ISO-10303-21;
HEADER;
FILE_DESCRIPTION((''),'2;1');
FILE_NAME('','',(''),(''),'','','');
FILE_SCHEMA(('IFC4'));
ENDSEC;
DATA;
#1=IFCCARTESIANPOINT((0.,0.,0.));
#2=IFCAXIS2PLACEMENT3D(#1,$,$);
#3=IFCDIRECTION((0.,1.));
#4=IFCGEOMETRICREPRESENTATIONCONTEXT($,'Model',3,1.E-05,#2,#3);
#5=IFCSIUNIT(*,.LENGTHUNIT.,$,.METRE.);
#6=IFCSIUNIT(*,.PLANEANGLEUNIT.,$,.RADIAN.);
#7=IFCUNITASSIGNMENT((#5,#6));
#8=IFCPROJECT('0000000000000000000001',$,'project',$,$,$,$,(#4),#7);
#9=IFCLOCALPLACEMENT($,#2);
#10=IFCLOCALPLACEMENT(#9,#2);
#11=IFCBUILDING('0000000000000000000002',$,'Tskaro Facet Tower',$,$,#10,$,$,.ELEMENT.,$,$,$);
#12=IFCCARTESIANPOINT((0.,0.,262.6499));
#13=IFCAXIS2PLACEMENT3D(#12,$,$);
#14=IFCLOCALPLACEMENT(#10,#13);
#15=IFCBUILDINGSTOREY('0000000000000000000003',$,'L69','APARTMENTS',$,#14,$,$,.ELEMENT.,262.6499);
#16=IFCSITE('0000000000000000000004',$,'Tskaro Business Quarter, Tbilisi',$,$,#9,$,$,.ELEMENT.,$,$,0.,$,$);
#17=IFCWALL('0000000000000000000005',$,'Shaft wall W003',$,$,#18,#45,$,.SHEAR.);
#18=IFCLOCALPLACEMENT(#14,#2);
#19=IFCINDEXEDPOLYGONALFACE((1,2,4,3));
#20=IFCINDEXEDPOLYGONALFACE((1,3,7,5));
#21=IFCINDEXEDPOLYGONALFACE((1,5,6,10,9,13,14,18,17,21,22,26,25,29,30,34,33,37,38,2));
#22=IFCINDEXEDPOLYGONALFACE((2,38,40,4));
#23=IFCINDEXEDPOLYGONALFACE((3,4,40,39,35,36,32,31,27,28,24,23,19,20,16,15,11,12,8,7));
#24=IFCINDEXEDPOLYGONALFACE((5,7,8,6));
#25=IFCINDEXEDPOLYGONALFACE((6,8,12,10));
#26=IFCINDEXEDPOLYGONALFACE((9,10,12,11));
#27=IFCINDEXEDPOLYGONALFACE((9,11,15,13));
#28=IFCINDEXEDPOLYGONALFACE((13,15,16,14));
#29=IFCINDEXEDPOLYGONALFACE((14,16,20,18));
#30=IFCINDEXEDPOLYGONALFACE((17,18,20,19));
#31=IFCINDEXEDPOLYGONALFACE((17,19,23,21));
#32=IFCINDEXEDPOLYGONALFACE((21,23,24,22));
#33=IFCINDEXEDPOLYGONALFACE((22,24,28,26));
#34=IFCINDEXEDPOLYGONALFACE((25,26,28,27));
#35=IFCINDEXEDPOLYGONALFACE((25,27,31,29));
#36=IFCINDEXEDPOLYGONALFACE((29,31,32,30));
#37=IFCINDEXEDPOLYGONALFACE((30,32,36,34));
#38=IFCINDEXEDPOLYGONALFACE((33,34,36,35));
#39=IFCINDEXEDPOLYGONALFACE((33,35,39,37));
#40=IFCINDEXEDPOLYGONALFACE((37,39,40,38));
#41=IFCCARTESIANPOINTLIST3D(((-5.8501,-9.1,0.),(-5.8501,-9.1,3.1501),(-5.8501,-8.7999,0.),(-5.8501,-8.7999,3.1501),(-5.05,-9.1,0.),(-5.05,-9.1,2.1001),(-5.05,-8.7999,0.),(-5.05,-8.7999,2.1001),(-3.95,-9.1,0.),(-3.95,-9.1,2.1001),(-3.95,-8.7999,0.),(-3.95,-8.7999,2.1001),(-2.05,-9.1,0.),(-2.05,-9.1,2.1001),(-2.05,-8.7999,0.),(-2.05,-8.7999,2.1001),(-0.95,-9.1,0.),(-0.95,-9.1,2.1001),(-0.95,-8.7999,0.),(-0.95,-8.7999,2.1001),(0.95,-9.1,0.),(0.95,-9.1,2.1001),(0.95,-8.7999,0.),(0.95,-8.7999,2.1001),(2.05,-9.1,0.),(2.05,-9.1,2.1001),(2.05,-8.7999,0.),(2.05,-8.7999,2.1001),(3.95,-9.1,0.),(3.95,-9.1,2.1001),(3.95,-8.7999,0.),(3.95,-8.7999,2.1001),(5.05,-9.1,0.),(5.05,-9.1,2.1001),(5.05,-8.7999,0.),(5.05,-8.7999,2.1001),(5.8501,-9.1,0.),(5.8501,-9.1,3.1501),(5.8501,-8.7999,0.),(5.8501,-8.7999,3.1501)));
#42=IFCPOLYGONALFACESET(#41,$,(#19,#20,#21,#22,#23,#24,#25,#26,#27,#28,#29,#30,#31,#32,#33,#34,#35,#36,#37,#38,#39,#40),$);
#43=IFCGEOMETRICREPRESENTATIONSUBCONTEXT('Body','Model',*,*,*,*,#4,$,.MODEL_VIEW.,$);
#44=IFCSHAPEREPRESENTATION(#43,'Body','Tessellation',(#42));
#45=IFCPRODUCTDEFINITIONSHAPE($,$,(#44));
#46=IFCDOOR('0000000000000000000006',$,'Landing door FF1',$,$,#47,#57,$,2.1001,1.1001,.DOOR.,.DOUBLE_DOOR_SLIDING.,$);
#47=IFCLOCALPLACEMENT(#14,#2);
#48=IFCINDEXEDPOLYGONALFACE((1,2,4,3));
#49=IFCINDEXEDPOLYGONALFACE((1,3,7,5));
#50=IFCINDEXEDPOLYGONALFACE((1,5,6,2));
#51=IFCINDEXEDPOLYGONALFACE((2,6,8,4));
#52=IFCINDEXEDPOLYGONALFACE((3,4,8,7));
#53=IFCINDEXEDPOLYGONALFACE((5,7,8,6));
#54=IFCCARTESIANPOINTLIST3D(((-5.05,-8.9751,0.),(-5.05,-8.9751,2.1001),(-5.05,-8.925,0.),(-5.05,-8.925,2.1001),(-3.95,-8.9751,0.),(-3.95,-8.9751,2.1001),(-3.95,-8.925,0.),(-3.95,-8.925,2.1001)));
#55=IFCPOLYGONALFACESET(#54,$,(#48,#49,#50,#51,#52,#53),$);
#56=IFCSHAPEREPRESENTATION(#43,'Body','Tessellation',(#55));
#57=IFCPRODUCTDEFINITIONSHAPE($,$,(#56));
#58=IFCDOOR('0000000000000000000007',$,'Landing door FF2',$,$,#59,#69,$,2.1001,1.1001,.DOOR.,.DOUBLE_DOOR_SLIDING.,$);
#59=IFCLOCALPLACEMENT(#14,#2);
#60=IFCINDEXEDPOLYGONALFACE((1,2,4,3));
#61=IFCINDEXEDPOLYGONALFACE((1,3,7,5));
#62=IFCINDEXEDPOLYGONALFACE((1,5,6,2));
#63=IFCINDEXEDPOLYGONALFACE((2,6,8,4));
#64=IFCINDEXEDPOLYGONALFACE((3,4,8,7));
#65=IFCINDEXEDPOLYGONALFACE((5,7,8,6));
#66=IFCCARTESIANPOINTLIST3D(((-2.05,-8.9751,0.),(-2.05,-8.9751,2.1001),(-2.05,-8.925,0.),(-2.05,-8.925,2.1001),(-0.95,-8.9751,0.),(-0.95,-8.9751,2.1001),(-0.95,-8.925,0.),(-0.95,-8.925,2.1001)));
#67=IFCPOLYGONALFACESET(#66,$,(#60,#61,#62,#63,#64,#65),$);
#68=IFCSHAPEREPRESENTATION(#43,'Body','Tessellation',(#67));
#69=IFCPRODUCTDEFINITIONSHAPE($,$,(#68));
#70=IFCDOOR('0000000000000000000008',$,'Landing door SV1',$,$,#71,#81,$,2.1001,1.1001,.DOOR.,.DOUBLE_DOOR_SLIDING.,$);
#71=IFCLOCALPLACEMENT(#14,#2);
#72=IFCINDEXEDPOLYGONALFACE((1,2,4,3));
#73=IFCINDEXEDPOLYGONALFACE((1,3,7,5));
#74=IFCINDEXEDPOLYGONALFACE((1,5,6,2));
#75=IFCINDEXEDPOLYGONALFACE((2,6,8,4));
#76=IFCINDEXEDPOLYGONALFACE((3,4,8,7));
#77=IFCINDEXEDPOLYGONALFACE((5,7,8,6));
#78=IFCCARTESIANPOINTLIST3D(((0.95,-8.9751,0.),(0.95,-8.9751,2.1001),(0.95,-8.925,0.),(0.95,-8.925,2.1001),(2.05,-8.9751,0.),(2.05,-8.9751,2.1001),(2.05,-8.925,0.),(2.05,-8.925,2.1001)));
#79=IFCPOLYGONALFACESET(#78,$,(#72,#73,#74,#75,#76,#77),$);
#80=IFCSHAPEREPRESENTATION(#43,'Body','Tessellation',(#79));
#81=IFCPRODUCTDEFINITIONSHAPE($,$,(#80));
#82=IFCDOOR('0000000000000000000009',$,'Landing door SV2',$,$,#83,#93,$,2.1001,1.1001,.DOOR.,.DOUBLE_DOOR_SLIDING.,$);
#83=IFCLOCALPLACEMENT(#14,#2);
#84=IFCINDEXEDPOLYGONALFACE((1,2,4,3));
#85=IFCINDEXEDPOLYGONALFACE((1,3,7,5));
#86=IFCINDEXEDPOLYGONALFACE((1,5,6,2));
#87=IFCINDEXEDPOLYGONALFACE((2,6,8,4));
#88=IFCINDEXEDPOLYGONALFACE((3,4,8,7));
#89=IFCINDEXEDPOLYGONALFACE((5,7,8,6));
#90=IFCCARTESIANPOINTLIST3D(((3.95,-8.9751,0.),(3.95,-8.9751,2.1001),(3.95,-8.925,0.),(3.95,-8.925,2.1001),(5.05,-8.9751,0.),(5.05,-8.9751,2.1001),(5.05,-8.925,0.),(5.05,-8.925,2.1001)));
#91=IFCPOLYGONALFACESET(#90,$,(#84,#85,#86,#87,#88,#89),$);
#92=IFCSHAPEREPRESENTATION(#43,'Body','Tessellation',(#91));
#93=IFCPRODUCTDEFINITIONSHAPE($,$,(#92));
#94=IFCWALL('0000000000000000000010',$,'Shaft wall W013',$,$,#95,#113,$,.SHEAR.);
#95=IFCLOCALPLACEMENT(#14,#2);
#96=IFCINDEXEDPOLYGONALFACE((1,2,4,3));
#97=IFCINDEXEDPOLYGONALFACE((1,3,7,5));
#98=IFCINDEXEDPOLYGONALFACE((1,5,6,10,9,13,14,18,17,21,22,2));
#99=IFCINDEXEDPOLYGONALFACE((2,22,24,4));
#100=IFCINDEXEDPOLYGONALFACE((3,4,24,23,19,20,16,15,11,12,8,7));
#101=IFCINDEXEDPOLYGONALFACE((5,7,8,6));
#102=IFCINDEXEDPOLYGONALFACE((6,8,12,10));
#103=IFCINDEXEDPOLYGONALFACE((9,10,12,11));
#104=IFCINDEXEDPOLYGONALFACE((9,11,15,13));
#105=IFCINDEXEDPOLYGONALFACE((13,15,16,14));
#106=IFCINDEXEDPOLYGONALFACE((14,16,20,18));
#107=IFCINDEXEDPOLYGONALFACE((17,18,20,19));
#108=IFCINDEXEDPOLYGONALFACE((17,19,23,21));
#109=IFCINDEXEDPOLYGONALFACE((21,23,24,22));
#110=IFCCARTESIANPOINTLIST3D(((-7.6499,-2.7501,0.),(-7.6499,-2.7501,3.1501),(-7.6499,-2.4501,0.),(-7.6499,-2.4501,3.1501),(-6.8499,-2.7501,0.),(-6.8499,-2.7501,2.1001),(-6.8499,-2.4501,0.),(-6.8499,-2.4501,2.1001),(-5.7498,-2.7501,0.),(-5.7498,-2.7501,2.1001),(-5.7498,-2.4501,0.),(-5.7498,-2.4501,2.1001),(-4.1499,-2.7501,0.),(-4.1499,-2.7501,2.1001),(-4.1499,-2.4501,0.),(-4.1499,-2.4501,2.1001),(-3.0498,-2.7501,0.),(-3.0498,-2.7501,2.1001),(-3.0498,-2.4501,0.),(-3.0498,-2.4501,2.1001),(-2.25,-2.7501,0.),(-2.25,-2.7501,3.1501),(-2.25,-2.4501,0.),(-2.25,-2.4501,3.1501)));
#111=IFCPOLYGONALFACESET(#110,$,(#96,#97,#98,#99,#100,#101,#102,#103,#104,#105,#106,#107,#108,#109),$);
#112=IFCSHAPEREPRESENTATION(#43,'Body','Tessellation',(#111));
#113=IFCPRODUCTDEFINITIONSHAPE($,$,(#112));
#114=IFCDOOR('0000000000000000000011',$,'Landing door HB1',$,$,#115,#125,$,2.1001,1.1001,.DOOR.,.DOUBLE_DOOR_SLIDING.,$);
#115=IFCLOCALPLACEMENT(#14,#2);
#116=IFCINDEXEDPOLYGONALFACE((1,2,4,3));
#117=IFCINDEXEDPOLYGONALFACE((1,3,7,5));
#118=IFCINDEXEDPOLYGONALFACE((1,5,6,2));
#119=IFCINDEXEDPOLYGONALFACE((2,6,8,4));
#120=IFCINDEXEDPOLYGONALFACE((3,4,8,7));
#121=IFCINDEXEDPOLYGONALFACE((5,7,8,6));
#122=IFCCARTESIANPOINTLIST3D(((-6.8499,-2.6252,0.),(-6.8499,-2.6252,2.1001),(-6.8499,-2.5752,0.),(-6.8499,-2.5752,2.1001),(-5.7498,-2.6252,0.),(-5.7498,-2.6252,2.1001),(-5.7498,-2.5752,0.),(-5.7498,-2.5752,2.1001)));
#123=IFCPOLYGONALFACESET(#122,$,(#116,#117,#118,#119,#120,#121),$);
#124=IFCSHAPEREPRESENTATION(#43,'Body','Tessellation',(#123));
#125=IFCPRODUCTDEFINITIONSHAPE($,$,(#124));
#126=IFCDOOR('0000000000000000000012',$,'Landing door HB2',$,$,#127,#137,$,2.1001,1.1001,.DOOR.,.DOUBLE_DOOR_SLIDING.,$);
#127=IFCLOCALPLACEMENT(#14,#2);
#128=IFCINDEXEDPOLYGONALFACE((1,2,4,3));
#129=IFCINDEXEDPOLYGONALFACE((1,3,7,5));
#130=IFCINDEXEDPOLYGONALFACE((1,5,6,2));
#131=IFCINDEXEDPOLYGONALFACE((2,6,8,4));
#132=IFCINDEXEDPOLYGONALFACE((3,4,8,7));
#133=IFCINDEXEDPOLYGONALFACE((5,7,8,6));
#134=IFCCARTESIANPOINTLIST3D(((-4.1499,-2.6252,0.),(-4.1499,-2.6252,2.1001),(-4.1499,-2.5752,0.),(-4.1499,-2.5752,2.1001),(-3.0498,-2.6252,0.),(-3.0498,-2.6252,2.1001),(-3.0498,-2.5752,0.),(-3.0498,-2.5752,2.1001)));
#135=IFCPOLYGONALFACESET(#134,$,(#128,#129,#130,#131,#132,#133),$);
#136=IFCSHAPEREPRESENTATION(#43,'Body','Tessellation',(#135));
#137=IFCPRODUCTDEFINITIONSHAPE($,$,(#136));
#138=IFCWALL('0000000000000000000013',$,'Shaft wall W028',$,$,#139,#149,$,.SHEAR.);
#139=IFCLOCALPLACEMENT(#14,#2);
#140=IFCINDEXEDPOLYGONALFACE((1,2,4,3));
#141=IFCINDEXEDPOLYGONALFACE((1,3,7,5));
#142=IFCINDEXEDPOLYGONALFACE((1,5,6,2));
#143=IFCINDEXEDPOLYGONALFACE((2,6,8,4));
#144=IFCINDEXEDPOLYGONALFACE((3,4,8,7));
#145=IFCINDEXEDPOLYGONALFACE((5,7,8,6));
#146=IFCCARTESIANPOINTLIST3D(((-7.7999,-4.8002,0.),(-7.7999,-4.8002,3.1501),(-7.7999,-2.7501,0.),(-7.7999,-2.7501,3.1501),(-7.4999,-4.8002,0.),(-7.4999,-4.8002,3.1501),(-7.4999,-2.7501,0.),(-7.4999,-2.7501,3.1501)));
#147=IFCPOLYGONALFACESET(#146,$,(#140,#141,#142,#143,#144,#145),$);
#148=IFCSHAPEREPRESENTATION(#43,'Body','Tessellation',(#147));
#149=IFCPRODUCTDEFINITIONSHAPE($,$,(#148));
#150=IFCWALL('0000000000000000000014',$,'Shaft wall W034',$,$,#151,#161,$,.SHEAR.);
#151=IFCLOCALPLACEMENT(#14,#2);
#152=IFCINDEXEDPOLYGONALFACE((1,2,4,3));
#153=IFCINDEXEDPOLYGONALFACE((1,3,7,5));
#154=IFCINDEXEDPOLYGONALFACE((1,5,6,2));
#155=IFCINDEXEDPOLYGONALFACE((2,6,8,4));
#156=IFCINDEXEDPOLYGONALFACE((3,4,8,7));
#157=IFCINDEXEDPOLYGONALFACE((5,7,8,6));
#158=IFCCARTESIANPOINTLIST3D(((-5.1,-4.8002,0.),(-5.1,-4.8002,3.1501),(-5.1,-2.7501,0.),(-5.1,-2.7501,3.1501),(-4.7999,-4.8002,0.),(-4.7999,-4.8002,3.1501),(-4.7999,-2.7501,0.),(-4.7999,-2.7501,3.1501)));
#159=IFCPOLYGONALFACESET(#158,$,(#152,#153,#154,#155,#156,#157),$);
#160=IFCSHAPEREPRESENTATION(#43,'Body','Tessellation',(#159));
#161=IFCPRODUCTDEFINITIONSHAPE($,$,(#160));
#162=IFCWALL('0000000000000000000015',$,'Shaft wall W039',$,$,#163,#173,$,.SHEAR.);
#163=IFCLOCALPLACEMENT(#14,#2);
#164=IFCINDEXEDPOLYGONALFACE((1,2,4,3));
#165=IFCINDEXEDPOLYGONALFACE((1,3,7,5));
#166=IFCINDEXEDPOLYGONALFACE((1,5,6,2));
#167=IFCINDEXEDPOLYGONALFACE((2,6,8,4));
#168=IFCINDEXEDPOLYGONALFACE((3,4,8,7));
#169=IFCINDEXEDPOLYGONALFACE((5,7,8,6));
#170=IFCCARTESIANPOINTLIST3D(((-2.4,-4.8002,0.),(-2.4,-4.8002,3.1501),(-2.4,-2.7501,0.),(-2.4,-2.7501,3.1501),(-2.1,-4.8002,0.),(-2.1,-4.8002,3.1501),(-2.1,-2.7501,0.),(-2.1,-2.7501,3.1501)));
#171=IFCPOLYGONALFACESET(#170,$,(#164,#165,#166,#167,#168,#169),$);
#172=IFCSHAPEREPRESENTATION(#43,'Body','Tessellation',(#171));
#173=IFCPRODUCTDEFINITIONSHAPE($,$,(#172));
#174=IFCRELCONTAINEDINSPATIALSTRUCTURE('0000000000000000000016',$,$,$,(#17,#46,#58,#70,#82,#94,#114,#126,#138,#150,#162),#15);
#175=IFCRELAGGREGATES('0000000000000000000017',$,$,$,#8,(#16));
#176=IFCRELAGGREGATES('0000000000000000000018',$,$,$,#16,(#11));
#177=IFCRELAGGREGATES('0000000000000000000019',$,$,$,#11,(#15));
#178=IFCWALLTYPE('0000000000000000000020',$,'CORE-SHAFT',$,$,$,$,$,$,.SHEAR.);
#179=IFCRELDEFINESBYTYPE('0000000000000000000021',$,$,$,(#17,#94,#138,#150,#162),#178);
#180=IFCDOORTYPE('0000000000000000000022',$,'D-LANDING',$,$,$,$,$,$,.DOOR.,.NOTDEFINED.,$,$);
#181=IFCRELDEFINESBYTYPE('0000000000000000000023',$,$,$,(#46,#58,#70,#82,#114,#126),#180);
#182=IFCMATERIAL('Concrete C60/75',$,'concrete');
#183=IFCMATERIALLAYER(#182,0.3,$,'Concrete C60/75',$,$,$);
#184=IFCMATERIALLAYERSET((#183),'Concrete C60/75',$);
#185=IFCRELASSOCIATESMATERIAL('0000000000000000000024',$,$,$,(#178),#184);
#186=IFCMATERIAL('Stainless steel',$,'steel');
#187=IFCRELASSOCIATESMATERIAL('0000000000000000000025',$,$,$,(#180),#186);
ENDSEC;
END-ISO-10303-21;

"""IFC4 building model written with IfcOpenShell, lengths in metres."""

from ifc_helpers import new_model, si_unit, direction, frame, frame_2d, origin, place, context, subcontext, project, spatial, rectangle, extrude, material, layer, layer_set, type_object, element, fill, save


model = new_model("IFC4")

# Units and contexts
model_context = context("Model", 3, precision=1e-05, world=origin(), true_north=direction((0.0, 1.0)))
body_context = subcontext(model_context, "Body", "Model", "MODEL_VIEW")
ifc_project = project(units=[si_unit("LENGTHUNIT", "METRE"), si_unit("PLANEANGLEUNIT", "RADIAN")], contexts=[model_context])

# Site, building, storey
site_placement = place(None, origin())
site = spatial("IfcSite", under=ifc_project, at=site_placement, Name="Tskaro Business Quarter, Tbilisi", CompositionType="ELEMENT", RefElevation=0.0)
building_placement = place(site_placement, origin())
building = spatial("IfcBuilding", under=site, at=building_placement, Name="Tskaro Facet Tower", CompositionType="ELEMENT")
storey_placement = place(building_placement, frame((0.0, 0.0, 262.6499)))
storey = spatial("IfcBuildingStorey", under=building, at=storey_placement, Name="L69", Description="APARTMENTS", CompositionType="ELEMENT", Elevation=262.6499)

# Walls, openings, doors
ifc_material_1 = material(Name="Concrete C60/75", Category="concrete")
ifc_layer_1 = layer(ifc_material_1, 0.3, Name="Concrete C60/75")
ifc_layer_set_1 = layer_set([ifc_layer_1], Name="Concrete C60/75")
wall_type_1 = type_object("IfcWallType", Name="CORE-SHAFT", PredefinedType="SHEAR", material=ifc_layer_set_1)
wall_1_placement = place(storey_placement, frame((-5.8501, -8.95, 0.0), z_axis=(0.0, 0.0, 1.0), x_axis=(1.0, 0.0, 0.0)))
wall_1 = element("IfcWall", 1, at=wall_1_placement, inside=storey, type_object=wall_type_1, Name="Shaft wall W003", PredefinedType="SHEAR", context=body_context, shape_type="SweptSolid", body=[
    extrude(rectangle(XDim=11.7002, YDim=0.3, at=frame_2d((5.8501, 0.0))), origin(), (0.0, 0.0, 1.0), 3.1501),
])
opening_1_placement = place(wall_1_placement, frame((0.8, 0.0, 0.0)))
opening_1 = element("IfcOpeningElement", 2, at=opening_1_placement, cuts=wall_1, PredefinedType="OPENING", context=body_context, shape_type="SweptSolid", body=[
    extrude(rectangle(XDim=1.1001, YDim=2.1001, at=frame_2d((0.55, 1.05))), frame((0.0, 0.1599, 0.0), z_axis=(0.0, -1.0, 0.0), x_axis=(1.0, 0.0, 0.0)), (0.0, 0.0, 1.0), 0.3201),
])
opening_2_placement = place(wall_1_placement, frame((3.8, 0.0, 0.0)))
opening_2 = element("IfcOpeningElement", 3, at=opening_2_placement, cuts=wall_1, PredefinedType="OPENING", context=body_context, shape_type="SweptSolid", body=[
    extrude(rectangle(XDim=1.1001, YDim=2.1001, at=frame_2d((0.55, 1.05))), frame((0.0, 0.1599, 0.0), z_axis=(0.0, -1.0, 0.0), x_axis=(1.0, 0.0, 0.0)), (0.0, 0.0, 1.0), 0.3201),
])
opening_3_placement = place(wall_1_placement, frame((6.8, 0.0, 0.0)))
opening_3 = element("IfcOpeningElement", 4, at=opening_3_placement, cuts=wall_1, PredefinedType="OPENING", context=body_context, shape_type="SweptSolid", body=[
    extrude(rectangle(XDim=1.1001, YDim=2.1001, at=frame_2d((0.55, 1.05))), frame((0.0, 0.1599, 0.0), z_axis=(0.0, -1.0, 0.0), x_axis=(1.0, 0.0, 0.0)), (0.0, 0.0, 1.0), 0.3201),
])
opening_4_placement = place(wall_1_placement, frame((9.8, 0.0, 0.0)))
opening_4 = element("IfcOpeningElement", 5, at=opening_4_placement, cuts=wall_1, PredefinedType="OPENING", context=body_context, shape_type="SweptSolid", body=[
    extrude(rectangle(XDim=1.1001, YDim=2.1001, at=frame_2d((0.55, 1.05))), frame((0.0, 0.1599, 0.0), z_axis=(0.0, -1.0, 0.0), x_axis=(1.0, 0.0, 0.0)), (0.0, 0.0, 1.0), 0.3201),
])
ifc_material_2 = material(Name="Stainless steel", Category="steel")
door_type_1 = type_object("IfcDoorType", Name="D-LANDING", OperationType="NOTDEFINED", PredefinedType="DOOR", material=ifc_material_2)
door_1_placement = place(opening_1_placement, origin())
door_1 = element("IfcDoor", 6, at=door_1_placement, inside=storey, type_object=door_type_1, Name="Landing door FF1", OperationType="DOUBLE_DOOR_SLIDING", OverallHeight=2.1001, OverallWidth=1.1001, PredefinedType="DOOR", context=body_context, shape_type="SweptSolid", body=[
    extrude(rectangle(XDim=1.1001, YDim=2.1001, at=frame_2d((0.55, 1.05))), frame((0.0, 0.0249, 0.0), z_axis=(0.0, -1.0, 0.0), x_axis=(1.0, 0.0, 0.0)), (0.0, 0.0, 1.0), 0.05),
])
fill(opening_1, door_1)
door_2_placement = place(opening_2_placement, origin())
door_2 = element("IfcDoor", 7, at=door_2_placement, inside=storey, type_object=door_type_1, Name="Landing door FF2", OperationType="DOUBLE_DOOR_SLIDING", OverallHeight=2.1001, OverallWidth=1.1001, PredefinedType="DOOR", context=body_context, shape_type="SweptSolid", body=[
    extrude(rectangle(XDim=1.1001, YDim=2.1001, at=frame_2d((0.55, 1.05))), frame((0.0, 0.0249, 0.0), z_axis=(0.0, -1.0, 0.0), x_axis=(1.0, 0.0, 0.0)), (0.0, 0.0, 1.0), 0.05),
])
fill(opening_2, door_2)
door_3_placement = place(opening_3_placement, origin())
door_3 = element("IfcDoor", 8, at=door_3_placement, inside=storey, type_object=door_type_1, Name="Landing door SV1", OperationType="DOUBLE_DOOR_SLIDING", OverallHeight=2.1001, OverallWidth=1.1001, PredefinedType="DOOR", context=body_context, shape_type="SweptSolid", body=[
    extrude(rectangle(XDim=1.1001, YDim=2.1001, at=frame_2d((0.55, 1.05))), frame((0.0, 0.0249, 0.0), z_axis=(0.0, -1.0, 0.0), x_axis=(1.0, 0.0, 0.0)), (0.0, 0.0, 1.0), 0.05),
])
fill(opening_3, door_3)
door_4_placement = place(opening_4_placement, origin())
door_4 = element("IfcDoor", 9, at=door_4_placement, inside=storey, type_object=door_type_1, Name="Landing door SV2", OperationType="DOUBLE_DOOR_SLIDING", OverallHeight=2.1001, OverallWidth=1.1001, PredefinedType="DOOR", context=body_context, shape_type="SweptSolid", body=[
    extrude(rectangle(XDim=1.1001, YDim=2.1001, at=frame_2d((0.55, 1.05))), frame((0.0, 0.0249, 0.0), z_axis=(0.0, -1.0, 0.0), x_axis=(1.0, 0.0, 0.0)), (0.0, 0.0, 1.0), 0.05),
])
fill(opening_4, door_4)
wall_2_placement = place(storey_placement, frame((-7.6499, -2.6001, 0.0), z_axis=(0.0, 0.0, 1.0), x_axis=(1.0, 0.0, 0.0)))
wall_2 = element("IfcWall", 10, at=wall_2_placement, inside=storey, type_object=wall_type_1, Name="Shaft wall W013", PredefinedType="SHEAR", context=body_context, shape_type="SweptSolid", body=[
    extrude(rectangle(XDim=5.3999, YDim=0.3, at=frame_2d((2.7, 0.0))), origin(), (0.0, 0.0, 1.0), 3.1501),
])
opening_5_placement = place(wall_2_placement, frame((0.8, 0.0, 0.0)))
opening_5 = element("IfcOpeningElement", 11, at=opening_5_placement, cuts=wall_2, PredefinedType="OPENING", context=body_context, shape_type="SweptSolid", body=[
    extrude(rectangle(XDim=1.1001, YDim=2.1001, at=frame_2d((0.55, 1.05))), frame((0.0, 0.1599, 0.0), z_axis=(0.0, -1.0, 0.0), x_axis=(1.0, 0.0, 0.0)), (0.0, 0.0, 1.0), 0.3201),
])
opening_6_placement = place(wall_2_placement, frame((3.5, 0.0, 0.0)))
opening_6 = element("IfcOpeningElement", 12, at=opening_6_placement, cuts=wall_2, PredefinedType="OPENING", context=body_context, shape_type="SweptSolid", body=[
    extrude(rectangle(XDim=1.1001, YDim=2.1001, at=frame_2d((0.55, 1.05))), frame((0.0, 0.1599, 0.0), z_axis=(0.0, -1.0, 0.0), x_axis=(1.0, 0.0, 0.0)), (0.0, 0.0, 1.0), 0.3201),
])
door_5_placement = place(opening_5_placement, origin())
door_5 = element("IfcDoor", 13, at=door_5_placement, inside=storey, type_object=door_type_1, Name="Landing door HB1", OperationType="DOUBLE_DOOR_SLIDING", OverallHeight=2.1001, OverallWidth=1.1001, PredefinedType="DOOR", context=body_context, shape_type="SweptSolid", body=[
    extrude(rectangle(XDim=1.1001, YDim=2.1001, at=frame_2d((0.55, 1.05))), frame((0.0, 0.0249, 0.0), z_axis=(0.0, -1.0, 0.0), x_axis=(1.0, 0.0, 0.0)), (0.0, 0.0, 1.0), 0.05),
])
fill(opening_5, door_5)
door_6_placement = place(opening_6_placement, origin())
door_6 = element("IfcDoor", 14, at=door_6_placement, inside=storey, type_object=door_type_1, Name="Landing door HB2", OperationType="DOUBLE_DOOR_SLIDING", OverallHeight=2.1001, OverallWidth=1.1001, PredefinedType="DOOR", context=body_context, shape_type="SweptSolid", body=[
    extrude(rectangle(XDim=1.1001, YDim=2.1001, at=frame_2d((0.55, 1.05))), frame((0.0, 0.0249, 0.0), z_axis=(0.0, -1.0, 0.0), x_axis=(1.0, 0.0, 0.0)), (0.0, 0.0, 1.0), 0.05),
])
fill(opening_6, door_6)

# Walls
for number, where, z_axis, x_axis, name in (
    (15, (-7.6499, -4.8, 0.0), (0.0, 0.0, 1.0), (0.0, 1.0, 0.0), "Shaft wall W028"),
    (16, (-4.95, -4.8, 0.0), (0.0, 0.0, 1.0), (0.0, 1.0, 0.0), "Shaft wall W034"),
    (17, (-2.25, -4.8, 0.0), (0.0, 0.0, 1.0), (0.0, 1.0, 0.0), "Shaft wall W039"),
):
    element("IfcWall", number, at=place(storey_placement, frame(where, z_axis=z_axis, x_axis=x_axis)), inside=storey, type_object=wall_type_1, Name=name, PredefinedType="SHEAR", context=body_context, shape_type="SweptSolid", body=[
        extrude(rectangle(XDim=2.05, YDim=0.3, at=frame_2d((1.0249, 0.0))), origin(), (0.0, 0.0, 1.0), 3.1501),
    ])

save(model, "model.ifc")
